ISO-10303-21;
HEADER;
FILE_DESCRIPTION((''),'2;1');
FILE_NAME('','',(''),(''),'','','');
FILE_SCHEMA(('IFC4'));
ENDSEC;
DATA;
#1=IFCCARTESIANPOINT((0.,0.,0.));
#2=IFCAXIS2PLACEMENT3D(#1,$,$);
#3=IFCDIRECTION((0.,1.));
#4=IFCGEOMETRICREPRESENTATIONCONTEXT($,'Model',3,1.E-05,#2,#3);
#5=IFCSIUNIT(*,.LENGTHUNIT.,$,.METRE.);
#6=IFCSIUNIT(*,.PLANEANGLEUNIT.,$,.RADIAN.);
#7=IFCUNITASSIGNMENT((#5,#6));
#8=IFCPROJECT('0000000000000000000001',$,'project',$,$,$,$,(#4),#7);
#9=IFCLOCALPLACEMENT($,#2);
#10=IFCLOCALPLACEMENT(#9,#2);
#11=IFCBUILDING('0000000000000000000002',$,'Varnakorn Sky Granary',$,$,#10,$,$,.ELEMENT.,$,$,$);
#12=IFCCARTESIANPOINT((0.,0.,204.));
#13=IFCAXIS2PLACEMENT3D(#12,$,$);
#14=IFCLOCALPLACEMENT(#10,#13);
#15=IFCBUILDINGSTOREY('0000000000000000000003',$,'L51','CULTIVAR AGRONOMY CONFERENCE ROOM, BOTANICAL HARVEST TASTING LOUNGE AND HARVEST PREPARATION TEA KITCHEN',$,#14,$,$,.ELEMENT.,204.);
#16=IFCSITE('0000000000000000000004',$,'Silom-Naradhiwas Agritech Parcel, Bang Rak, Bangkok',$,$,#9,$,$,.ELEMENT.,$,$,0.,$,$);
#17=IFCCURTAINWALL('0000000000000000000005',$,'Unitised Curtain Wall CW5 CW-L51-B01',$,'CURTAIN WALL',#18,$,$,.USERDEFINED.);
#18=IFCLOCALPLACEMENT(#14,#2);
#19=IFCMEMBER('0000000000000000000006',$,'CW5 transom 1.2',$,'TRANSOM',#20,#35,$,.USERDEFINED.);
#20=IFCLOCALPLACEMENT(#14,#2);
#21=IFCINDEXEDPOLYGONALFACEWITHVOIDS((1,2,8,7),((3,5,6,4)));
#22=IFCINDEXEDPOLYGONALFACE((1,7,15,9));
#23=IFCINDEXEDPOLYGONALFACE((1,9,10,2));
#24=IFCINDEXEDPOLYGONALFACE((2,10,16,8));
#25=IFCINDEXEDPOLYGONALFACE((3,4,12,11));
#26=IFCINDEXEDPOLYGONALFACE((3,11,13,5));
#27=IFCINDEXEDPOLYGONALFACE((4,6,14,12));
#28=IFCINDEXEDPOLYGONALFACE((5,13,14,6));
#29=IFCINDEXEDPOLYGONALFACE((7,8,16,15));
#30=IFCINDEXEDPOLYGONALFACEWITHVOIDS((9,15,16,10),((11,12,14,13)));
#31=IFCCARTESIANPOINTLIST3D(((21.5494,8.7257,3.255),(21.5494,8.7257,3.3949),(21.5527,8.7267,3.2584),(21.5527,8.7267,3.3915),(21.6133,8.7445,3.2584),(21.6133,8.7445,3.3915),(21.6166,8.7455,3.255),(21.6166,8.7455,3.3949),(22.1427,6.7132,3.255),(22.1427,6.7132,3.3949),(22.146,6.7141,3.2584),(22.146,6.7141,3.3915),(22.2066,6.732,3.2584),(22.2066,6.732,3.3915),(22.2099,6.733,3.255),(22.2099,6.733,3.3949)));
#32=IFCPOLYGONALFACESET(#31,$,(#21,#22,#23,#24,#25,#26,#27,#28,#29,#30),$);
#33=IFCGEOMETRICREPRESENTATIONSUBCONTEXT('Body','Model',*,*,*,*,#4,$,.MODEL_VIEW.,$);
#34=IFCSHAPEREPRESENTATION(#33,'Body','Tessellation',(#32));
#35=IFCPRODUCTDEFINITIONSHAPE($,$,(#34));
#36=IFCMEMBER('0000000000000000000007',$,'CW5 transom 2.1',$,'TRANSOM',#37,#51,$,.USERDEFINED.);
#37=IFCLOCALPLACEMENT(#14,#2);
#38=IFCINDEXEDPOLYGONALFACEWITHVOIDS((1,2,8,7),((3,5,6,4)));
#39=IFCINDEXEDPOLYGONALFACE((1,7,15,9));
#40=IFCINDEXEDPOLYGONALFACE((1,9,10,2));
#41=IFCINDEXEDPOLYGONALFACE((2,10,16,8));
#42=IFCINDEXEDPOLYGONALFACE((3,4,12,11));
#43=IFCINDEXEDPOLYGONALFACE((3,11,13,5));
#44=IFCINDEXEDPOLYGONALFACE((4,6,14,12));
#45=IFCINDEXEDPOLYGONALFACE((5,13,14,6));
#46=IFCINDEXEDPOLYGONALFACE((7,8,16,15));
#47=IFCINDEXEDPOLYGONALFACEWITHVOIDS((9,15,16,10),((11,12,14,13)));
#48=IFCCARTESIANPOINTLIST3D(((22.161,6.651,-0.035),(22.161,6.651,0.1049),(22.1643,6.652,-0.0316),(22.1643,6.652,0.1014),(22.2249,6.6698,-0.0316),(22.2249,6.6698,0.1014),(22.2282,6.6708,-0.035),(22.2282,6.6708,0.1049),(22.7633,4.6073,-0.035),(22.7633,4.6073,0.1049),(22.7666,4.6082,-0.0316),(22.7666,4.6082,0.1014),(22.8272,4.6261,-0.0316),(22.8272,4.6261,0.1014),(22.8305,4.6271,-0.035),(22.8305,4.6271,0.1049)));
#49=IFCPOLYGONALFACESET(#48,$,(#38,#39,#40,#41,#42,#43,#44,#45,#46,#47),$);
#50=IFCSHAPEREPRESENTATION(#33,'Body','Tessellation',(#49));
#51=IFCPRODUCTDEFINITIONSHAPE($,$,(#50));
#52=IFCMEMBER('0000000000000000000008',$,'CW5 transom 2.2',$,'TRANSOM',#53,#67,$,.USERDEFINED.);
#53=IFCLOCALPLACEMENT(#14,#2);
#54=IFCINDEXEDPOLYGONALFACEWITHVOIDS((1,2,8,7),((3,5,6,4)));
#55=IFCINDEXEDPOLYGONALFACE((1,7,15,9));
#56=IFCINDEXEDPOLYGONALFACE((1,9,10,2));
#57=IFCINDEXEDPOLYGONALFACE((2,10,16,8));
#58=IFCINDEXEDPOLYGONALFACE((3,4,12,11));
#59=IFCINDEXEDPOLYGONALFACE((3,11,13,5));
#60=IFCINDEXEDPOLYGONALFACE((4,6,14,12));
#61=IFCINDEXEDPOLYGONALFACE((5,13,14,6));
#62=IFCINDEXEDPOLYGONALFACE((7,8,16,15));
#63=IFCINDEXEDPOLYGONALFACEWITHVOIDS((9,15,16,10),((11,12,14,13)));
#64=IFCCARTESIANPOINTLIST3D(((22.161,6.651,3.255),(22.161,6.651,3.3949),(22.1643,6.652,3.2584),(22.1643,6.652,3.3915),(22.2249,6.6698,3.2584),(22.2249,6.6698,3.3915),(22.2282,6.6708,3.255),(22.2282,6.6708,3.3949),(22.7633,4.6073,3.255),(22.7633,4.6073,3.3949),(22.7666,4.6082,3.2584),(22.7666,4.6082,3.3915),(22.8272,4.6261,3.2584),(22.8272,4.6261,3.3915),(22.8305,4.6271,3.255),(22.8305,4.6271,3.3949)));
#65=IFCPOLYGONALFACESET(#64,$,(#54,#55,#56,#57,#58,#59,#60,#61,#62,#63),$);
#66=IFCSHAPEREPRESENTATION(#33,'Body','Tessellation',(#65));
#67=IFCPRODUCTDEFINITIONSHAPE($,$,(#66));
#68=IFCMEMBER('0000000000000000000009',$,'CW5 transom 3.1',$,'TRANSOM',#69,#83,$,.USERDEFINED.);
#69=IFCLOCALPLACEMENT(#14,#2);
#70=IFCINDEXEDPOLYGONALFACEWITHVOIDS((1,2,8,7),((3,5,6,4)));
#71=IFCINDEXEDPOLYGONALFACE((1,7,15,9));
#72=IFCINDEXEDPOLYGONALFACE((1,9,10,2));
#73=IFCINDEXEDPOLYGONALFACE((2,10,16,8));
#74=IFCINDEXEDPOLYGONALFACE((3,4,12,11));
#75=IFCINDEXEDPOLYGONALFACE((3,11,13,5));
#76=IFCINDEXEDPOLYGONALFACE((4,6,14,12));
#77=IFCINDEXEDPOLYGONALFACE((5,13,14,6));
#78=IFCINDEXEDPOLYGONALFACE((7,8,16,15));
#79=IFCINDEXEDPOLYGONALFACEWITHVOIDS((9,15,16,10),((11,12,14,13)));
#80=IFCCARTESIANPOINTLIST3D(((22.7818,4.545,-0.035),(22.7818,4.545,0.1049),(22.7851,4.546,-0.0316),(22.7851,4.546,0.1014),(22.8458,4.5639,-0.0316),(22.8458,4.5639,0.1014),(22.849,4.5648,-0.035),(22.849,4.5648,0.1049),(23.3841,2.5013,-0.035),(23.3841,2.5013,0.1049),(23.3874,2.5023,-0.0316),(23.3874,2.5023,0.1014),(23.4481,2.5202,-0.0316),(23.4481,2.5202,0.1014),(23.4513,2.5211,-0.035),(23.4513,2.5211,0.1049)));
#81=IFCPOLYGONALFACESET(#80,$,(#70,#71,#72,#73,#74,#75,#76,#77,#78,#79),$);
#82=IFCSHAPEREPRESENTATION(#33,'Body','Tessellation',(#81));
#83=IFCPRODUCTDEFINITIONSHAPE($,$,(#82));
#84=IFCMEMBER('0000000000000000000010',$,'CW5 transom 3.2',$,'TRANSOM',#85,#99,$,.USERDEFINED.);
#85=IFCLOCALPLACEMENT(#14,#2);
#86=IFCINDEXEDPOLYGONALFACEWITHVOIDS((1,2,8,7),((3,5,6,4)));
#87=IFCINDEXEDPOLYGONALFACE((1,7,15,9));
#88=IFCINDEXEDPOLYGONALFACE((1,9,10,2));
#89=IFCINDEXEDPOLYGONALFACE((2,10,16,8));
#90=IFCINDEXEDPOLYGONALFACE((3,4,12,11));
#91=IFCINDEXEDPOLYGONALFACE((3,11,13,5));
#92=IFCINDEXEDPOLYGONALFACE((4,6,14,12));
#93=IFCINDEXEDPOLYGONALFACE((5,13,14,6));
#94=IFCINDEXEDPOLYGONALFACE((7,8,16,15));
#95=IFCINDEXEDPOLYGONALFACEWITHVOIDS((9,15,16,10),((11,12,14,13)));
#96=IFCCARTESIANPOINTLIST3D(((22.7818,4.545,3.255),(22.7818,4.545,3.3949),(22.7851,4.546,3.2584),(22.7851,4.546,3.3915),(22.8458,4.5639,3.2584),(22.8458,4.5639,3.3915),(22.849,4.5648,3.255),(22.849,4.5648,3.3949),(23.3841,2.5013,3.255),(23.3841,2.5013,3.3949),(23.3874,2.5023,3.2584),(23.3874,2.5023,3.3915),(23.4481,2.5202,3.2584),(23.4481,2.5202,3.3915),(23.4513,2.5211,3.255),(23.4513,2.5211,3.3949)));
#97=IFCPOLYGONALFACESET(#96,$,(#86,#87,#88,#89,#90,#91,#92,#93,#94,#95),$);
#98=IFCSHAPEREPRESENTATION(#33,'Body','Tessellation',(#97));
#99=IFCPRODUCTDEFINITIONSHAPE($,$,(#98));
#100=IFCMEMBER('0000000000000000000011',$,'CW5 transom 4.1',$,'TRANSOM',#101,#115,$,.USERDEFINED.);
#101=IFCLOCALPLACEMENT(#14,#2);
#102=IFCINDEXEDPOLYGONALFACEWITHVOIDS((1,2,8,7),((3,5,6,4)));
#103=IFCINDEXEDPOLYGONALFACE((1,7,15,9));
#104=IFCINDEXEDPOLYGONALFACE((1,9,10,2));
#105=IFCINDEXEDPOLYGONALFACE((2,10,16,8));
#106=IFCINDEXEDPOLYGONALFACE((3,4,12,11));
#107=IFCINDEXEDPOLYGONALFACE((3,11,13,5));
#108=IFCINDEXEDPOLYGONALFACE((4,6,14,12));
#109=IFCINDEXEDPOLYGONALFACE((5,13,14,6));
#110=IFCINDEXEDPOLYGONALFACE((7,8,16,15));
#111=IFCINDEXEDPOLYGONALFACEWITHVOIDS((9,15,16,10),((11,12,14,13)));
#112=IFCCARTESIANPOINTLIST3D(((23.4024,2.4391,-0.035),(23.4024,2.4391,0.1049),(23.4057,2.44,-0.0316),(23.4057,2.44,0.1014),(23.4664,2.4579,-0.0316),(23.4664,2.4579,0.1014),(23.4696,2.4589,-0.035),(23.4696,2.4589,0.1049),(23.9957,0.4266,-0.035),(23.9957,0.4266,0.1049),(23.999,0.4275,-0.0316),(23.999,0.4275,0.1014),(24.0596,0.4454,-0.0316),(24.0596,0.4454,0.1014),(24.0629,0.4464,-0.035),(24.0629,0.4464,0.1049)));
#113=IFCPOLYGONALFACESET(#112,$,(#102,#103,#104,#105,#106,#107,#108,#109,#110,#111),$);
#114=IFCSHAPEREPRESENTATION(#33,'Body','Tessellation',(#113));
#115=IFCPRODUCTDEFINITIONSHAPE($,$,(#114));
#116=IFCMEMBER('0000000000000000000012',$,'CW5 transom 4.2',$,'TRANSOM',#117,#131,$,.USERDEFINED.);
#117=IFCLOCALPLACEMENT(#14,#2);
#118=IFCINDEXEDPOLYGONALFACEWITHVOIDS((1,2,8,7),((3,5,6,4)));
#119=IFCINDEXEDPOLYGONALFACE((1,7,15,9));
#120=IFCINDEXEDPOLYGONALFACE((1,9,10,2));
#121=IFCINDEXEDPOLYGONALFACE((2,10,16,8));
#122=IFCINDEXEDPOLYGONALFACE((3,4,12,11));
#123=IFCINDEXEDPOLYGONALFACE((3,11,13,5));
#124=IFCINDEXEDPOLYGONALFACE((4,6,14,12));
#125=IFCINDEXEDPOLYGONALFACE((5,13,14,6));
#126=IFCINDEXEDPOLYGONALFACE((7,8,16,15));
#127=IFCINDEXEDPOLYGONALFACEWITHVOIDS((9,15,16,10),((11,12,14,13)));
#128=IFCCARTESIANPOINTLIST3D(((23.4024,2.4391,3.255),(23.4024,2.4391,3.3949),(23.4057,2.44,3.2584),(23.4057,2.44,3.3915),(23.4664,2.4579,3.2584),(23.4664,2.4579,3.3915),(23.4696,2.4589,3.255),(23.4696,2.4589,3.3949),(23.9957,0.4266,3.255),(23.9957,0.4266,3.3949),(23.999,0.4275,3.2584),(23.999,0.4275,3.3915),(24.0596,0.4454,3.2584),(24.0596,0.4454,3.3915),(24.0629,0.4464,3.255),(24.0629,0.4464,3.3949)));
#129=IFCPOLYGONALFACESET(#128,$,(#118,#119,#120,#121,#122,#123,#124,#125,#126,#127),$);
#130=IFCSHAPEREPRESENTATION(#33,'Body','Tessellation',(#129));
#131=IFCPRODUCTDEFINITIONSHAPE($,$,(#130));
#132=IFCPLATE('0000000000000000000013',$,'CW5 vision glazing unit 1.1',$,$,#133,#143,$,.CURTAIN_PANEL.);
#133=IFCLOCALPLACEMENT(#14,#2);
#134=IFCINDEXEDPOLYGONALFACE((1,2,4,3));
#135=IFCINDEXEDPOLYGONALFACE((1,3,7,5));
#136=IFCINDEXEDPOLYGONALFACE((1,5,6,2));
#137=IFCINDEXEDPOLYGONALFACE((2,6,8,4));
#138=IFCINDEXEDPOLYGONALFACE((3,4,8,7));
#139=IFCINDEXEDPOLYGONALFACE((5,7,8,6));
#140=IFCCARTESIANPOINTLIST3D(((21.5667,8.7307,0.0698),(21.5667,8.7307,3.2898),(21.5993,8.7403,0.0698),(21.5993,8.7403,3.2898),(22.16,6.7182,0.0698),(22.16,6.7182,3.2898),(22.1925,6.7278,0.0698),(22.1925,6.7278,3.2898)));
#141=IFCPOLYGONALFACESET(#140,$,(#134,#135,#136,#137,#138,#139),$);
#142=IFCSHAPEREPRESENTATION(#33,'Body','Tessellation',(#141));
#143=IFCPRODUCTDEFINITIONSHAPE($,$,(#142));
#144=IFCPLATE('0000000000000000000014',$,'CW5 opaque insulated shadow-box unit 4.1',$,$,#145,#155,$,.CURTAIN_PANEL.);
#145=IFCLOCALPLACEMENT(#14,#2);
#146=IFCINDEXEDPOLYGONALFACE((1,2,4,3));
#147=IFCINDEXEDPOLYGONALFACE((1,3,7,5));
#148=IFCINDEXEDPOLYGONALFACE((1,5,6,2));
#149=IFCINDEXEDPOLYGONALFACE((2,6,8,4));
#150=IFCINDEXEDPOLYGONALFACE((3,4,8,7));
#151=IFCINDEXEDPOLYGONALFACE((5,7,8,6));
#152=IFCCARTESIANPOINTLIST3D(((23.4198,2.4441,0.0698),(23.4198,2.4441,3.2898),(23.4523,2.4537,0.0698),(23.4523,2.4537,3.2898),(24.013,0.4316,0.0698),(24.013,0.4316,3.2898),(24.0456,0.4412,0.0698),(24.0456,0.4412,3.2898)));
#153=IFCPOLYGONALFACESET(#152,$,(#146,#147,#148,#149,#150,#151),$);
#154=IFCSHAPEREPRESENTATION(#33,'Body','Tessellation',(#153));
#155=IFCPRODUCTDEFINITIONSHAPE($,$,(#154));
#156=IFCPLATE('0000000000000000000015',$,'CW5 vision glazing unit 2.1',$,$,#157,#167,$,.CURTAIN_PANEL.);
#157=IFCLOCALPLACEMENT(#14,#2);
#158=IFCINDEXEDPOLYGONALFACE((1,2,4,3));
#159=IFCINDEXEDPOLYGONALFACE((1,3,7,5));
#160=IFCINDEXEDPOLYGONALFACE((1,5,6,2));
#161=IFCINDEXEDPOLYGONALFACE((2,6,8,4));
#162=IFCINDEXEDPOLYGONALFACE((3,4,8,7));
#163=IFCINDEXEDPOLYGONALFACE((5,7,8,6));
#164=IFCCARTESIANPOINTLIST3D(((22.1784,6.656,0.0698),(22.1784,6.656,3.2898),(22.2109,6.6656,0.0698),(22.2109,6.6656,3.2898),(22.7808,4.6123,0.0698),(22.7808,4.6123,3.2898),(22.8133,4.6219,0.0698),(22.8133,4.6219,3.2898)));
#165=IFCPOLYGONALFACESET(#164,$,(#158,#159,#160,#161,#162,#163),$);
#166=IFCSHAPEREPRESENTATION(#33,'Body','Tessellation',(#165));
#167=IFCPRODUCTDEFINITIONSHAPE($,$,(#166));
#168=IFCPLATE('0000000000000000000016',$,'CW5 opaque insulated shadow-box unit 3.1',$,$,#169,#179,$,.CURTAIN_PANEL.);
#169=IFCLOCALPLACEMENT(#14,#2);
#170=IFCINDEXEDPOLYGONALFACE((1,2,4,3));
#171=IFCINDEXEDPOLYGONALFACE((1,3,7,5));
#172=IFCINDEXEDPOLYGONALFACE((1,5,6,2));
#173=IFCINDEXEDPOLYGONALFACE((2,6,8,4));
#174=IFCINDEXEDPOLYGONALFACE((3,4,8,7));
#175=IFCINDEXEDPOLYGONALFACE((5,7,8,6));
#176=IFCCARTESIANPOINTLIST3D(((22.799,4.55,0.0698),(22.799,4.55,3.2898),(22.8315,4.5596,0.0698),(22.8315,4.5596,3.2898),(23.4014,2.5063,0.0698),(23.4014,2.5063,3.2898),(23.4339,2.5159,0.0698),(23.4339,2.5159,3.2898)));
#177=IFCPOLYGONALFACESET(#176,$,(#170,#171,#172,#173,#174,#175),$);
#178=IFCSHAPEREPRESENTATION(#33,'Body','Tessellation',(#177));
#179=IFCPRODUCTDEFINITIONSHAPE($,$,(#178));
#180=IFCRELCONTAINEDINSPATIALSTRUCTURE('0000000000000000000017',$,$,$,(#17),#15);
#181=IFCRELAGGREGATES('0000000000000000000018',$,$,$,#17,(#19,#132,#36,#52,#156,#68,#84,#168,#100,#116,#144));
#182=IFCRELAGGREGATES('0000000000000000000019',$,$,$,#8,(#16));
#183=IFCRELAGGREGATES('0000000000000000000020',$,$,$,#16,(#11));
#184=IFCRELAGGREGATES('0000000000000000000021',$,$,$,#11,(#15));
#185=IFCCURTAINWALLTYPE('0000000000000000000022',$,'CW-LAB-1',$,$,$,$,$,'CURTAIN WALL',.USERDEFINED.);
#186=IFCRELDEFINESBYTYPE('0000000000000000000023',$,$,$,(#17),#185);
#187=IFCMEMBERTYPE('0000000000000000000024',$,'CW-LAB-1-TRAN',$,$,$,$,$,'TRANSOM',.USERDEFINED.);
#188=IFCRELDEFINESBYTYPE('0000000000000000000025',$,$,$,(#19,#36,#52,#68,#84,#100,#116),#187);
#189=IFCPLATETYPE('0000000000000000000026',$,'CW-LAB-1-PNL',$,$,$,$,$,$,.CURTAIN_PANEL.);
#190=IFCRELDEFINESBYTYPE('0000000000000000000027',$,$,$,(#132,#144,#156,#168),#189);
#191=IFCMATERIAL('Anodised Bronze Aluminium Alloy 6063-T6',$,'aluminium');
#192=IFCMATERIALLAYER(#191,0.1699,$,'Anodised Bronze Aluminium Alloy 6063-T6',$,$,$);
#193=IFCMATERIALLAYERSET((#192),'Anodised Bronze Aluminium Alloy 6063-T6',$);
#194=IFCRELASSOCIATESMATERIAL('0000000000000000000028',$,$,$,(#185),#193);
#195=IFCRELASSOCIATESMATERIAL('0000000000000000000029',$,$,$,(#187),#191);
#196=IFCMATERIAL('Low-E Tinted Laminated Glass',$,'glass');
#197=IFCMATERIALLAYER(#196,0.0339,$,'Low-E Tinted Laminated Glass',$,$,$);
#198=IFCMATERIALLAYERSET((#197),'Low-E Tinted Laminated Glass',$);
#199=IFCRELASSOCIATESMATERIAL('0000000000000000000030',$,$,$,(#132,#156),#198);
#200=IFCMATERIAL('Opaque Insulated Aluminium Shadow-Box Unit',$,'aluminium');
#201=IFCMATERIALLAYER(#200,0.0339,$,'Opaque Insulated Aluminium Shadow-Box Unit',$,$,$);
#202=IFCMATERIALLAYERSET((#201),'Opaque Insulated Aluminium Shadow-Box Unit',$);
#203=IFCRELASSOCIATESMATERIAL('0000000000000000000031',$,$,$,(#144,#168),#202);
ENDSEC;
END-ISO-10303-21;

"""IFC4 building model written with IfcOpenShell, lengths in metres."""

from ifc_helpers import new_model, si_unit, direction, frame, origin, origin_2d, place, context, subcontext, project, spatial, rectangle, hollow_rectangle, extrude, source, transform, mapped, material, layer, layer_set, material_profile, profile_set, type_object, type_shapes, element, aggregate, save


model = new_model("IFC4")

# Units and contexts
model_context = context("Model", 3, precision=1e-05, world=origin(), true_north=direction((0.0, 1.0)))
body_context = subcontext(model_context, "Body", "Model", "MODEL_VIEW")
ifc_project = project(units=[si_unit("LENGTHUNIT", "METRE"), si_unit("PLANEANGLEUNIT", "RADIAN")], contexts=[model_context])

# Site, building, storey
site_placement = place(None, origin())
site = spatial("IfcSite", under=ifc_project, at=site_placement, Name="Silom-Naradhiwas Agritech Parcel, Bang Rak, Bangkok", CompositionType="ELEMENT", RefElevation=0.0)
building_placement = place(site_placement, origin())
building = spatial("IfcBuilding", under=site, at=building_placement, Name="Varnakorn Sky Granary", CompositionType="ELEMENT")
storey_placement = place(building_placement, frame((0.0, 0.0, 204.0)))
storey = spatial("IfcBuildingStorey", under=building, at=storey_placement, Name="L51", Description="CULTIVAR AGRONOMY CONFERENCE ROOM, BOTANICAL HARVEST TASTING LOUNGE AND HARVEST PREPARATION TEA KITCHEN", CompositionType="ELEMENT", Elevation=204.0)

# Curtain wall, members, plates
ifc_material_1 = material(Name="Anodised Bronze Aluminium Alloy 6063-T6", Category="aluminium")
ifc_layer_1 = layer(ifc_material_1, 0.1699, Name="Anodised Bronze Aluminium Alloy 6063-T6")
ifc_layer_set_1 = layer_set([ifc_layer_1], Name="Anodised Bronze Aluminium Alloy 6063-T6")
curtain_wall_type = type_object("IfcCurtainWallType", Name="CW-LAB-1", ElementType="CURTAIN WALL", PredefinedType="USERDEFINED", material=ifc_layer_set_1)
curtain_wall_placement = place(storey_placement, origin())
curtain_wall = element("IfcCurtainWall", 1, at=curtain_wall_placement, inside=storey, type_object=curtain_wall_type, Name="Unitised Curtain Wall CW5 CW-L51-B01", ObjectType="CURTAIN WALL", PredefinedType="USERDEFINED")
ifc_material_profile_1 = material_profile(ifc_material_1, hollow_rectangle(XDim=0.0701, YDim=0.1399, WallThickness=0.0034, at=origin_2d()), Name="ALU TRAN 70x140")
ifc_profile_set_1 = profile_set([ifc_material_profile_1], Name="Anodised Bronze Aluminium Alloy 6063-T6")
member_type_1 = type_object("IfcMemberType", Name="CW-LAB-1-TRAN", ElementType="TRANSOM", PredefinedType="USERDEFINED", material=ifc_profile_set_1)
member_1_placement = place(storey_placement, frame((21.583, 8.7356, 3.325), z_axis=(0.282765, -0.959189, 0.0), x_axis=(0.959189, 0.282765, 0.0)))
member_1 = element("IfcMember", 2, at=member_1_placement, type_object=member_type_1, Name="CW5 transom 1.2", ObjectType="TRANSOM", PredefinedType="USERDEFINED", context=body_context, shape_type="SweptSolid", body=[
    extrude(hollow_rectangle(XDim=0.0701, YDim=0.1399, WallThickness=0.0034, at=origin_2d()), origin(), (0.0, 0.0, 1.0), 2.0981),
])
member_2_placement = place(storey_placement, frame((22.1946, 6.6609, 0.0349), z_axis=(0.282687, -0.959212, 0.0), x_axis=(0.959212, 0.282687, 0.0)))
member_2 = element("IfcMember", 3, at=member_2_placement, type_object=member_type_1, Name="CW5 transom 2.1", ObjectType="TRANSOM", PredefinedType="USERDEFINED", context=body_context, shape_type="SweptSolid", body=[
    extrude(hollow_rectangle(XDim=0.0701, YDim=0.1399, WallThickness=0.0034, at=origin_2d()), origin(), (0.0, 0.0, 1.0), 2.1306),
])
member_3_placement = place(storey_placement, frame((22.1946, 6.6609, 3.325), z_axis=(0.282687, -0.959212, 0.0), x_axis=(0.959212, 0.282687, 0.0)))
member_3 = element("IfcMember", 4, at=member_3_placement, type_object=member_type_1, Name="CW5 transom 2.2", ObjectType="TRANSOM", PredefinedType="USERDEFINED", context=body_context, shape_type="SweptSolid", body=[
    extrude(hollow_rectangle(XDim=0.0701, YDim=0.1399, WallThickness=0.0034, at=origin_2d()), origin(), (0.0, 0.0, 1.0), 2.1306),
])
member_4_placement = place(storey_placement, frame((22.8154, 4.5549, 0.0349), z_axis=(0.282687, -0.959212, 0.0), x_axis=(0.959212, 0.282687, 0.0)))
member_4 = element("IfcMember", 5, at=member_4_placement, type_object=member_type_1, Name="CW5 transom 3.1", ObjectType="TRANSOM", PredefinedType="USERDEFINED", context=body_context, shape_type="SweptSolid", body=[
    extrude(hollow_rectangle(XDim=0.0701, YDim=0.1399, WallThickness=0.0034, at=origin_2d()), origin(), (0.0, 0.0, 1.0), 2.1306),
])
member_5_placement = place(storey_placement, frame((22.8154, 4.5549, 3.325), z_axis=(0.282687, -0.959212, 0.0), x_axis=(0.959212, 0.282687, 0.0)))
member_5 = element("IfcMember", 6, at=member_5_placement, type_object=member_type_1, Name="CW5 transom 3.2", ObjectType="TRANSOM", PredefinedType="USERDEFINED", context=body_context, shape_type="SweptSolid", body=[
    extrude(hollow_rectangle(XDim=0.0701, YDim=0.1399, WallThickness=0.0034, at=origin_2d()), origin(), (0.0, 0.0, 1.0), 2.1306),
])
member_6_placement = place(storey_placement, frame((23.436, 2.449, 0.0349), z_axis=(0.282765, -0.959189, 0.0), x_axis=(0.959189, 0.282765, 0.0)))
member_6 = element("IfcMember", 7, at=member_6_placement, type_object=member_type_1, Name="CW5 transom 4.1", ObjectType="TRANSOM", PredefinedType="USERDEFINED", context=body_context, shape_type="SweptSolid", body=[
    extrude(hollow_rectangle(XDim=0.0701, YDim=0.1399, WallThickness=0.0034, at=origin_2d()), origin(), (0.0, 0.0, 1.0), 2.0981),
])
member_7_placement = place(storey_placement, frame((23.436, 2.449, 3.325), z_axis=(0.282765, -0.959189, 0.0), x_axis=(0.959189, 0.282765, 0.0)))
member_7 = element("IfcMember", 8, at=member_7_placement, type_object=member_type_1, Name="CW5 transom 4.2", ObjectType="TRANSOM", PredefinedType="USERDEFINED", context=body_context, shape_type="SweptSolid", body=[
    extrude(hollow_rectangle(XDim=0.0701, YDim=0.1399, WallThickness=0.0034, at=origin_2d()), origin(), (0.0, 0.0, 1.0), 2.0981),
])
ifc_material_2 = material(Name="Low-E Tinted Laminated Glass", Category="glass")
ifc_layer_2 = layer(ifc_material_2, 0.0339, Name="Low-E Tinted Laminated Glass")
ifc_layer_set_2 = layer_set([ifc_layer_2], Name="Low-E Tinted Laminated Glass")
plate_type = type_object("IfcPlateType", Name="CW-LAB-1-PNL", PredefinedType="CURTAIN_PANEL")
shared_shape_1 = source(origin(), body_context, "Body", "SweptSolid", [
    extrude(rectangle(XDim=2.0981, YDim=0.0339, at=origin_2d()), origin(), (0.0, 0.0, 1.0), 3.22),
])
plate_1_placement = place(storey_placement, frame((21.8796, 7.7292, 0.0698), z_axis=(0.0, 0.0, 1.0), x_axis=(0.282744, -0.959195, 0.0)))
plate_1 = element("IfcPlate", 9, at=plate_1_placement, type_object=plate_type, material=ifc_layer_set_2, Name="CW5 vision glazing unit 1.1", PredefinedType="CURTAIN_PANEL", context=body_context, shape_type="MappedRepresentation", body=[
    mapped(shared_shape_1, transform((0.0, 0.0, 0.0), x_axis=(1.0, 0.0, 0.0), y_axis=(0.0, 1.0, 0.0), z_axis=(0.0, 0.0, 1.0), scale=1.0)),
])
ifc_material_3 = material(Name="Opaque Insulated Aluminium Shadow-Box Unit", Category="aluminium")
ifc_layer_3 = layer(ifc_material_3, 0.0339, Name="Opaque Insulated Aluminium Shadow-Box Unit")
ifc_layer_set_3 = layer_set([ifc_layer_3], Name="Opaque Insulated Aluminium Shadow-Box Unit")
plate_2_placement = place(storey_placement, frame((23.7327, 1.4426, 0.0698), z_axis=(0.0, 0.0, 1.0), x_axis=(0.282744, -0.959195, 0.0)))
plate_2 = element("IfcPlate", 10, at=plate_2_placement, type_object=plate_type, material=ifc_layer_set_3, Name="CW5 opaque insulated shadow-box unit 4.1", PredefinedType="CURTAIN_PANEL", context=body_context, shape_type="MappedRepresentation", body=[
    mapped(shared_shape_1, transform((0.0, 0.0, 0.0), x_axis=(1.0, 0.0, 0.0), y_axis=(0.0, 1.0, 0.0), z_axis=(0.0, 0.0, 1.0), scale=1.0)),
])
shared_shape_2 = source(origin(), body_context, "Body", "SweptSolid", [
    extrude(rectangle(XDim=2.1306, YDim=0.0339, at=origin_2d()), origin(), (0.0, 0.0, 1.0), 3.22),
])
type_shapes(plate_type, [shared_shape_1, shared_shape_2])
plate_3_placement = place(storey_placement, frame((22.4958, 5.6389, 0.0698), z_axis=(0.0, 0.0, 1.0), x_axis=(0.282744, -0.959195, 0.0)))
plate_3 = element("IfcPlate", 11, at=plate_3_placement, type_object=plate_type, material=ifc_layer_set_2, Name="CW5 vision glazing unit 2.1", PredefinedType="CURTAIN_PANEL", context=body_context, shape_type="MappedRepresentation", body=[
    mapped(shared_shape_2, transform((0.0, 0.0, 0.0), x_axis=(1.0, 0.0, 0.0), y_axis=(0.0, 1.0, 0.0), z_axis=(0.0, 0.0, 1.0), scale=1.0)),
])
plate_4_placement = place(storey_placement, frame((23.1165, 3.533, 0.0698), z_axis=(0.0, 0.0, 1.0), x_axis=(0.282744, -0.959195, 0.0)))
plate_4 = element("IfcPlate", 12, at=plate_4_placement, type_object=plate_type, material=ifc_layer_set_3, Name="CW5 opaque insulated shadow-box unit 3.1", PredefinedType="CURTAIN_PANEL", context=body_context, shape_type="MappedRepresentation", body=[
    mapped(shared_shape_2, transform((0.0, 0.0, 0.0), x_axis=(1.0, 0.0, 0.0), y_axis=(0.0, 1.0, 0.0), z_axis=(0.0, 0.0, 1.0), scale=1.0)),
])
aggregate(curtain_wall, [member_1, plate_1, member_2, member_3, plate_3, member_4, member_5, plate_4, member_6, member_7, plate_2])

save(model, "model.ifc")
